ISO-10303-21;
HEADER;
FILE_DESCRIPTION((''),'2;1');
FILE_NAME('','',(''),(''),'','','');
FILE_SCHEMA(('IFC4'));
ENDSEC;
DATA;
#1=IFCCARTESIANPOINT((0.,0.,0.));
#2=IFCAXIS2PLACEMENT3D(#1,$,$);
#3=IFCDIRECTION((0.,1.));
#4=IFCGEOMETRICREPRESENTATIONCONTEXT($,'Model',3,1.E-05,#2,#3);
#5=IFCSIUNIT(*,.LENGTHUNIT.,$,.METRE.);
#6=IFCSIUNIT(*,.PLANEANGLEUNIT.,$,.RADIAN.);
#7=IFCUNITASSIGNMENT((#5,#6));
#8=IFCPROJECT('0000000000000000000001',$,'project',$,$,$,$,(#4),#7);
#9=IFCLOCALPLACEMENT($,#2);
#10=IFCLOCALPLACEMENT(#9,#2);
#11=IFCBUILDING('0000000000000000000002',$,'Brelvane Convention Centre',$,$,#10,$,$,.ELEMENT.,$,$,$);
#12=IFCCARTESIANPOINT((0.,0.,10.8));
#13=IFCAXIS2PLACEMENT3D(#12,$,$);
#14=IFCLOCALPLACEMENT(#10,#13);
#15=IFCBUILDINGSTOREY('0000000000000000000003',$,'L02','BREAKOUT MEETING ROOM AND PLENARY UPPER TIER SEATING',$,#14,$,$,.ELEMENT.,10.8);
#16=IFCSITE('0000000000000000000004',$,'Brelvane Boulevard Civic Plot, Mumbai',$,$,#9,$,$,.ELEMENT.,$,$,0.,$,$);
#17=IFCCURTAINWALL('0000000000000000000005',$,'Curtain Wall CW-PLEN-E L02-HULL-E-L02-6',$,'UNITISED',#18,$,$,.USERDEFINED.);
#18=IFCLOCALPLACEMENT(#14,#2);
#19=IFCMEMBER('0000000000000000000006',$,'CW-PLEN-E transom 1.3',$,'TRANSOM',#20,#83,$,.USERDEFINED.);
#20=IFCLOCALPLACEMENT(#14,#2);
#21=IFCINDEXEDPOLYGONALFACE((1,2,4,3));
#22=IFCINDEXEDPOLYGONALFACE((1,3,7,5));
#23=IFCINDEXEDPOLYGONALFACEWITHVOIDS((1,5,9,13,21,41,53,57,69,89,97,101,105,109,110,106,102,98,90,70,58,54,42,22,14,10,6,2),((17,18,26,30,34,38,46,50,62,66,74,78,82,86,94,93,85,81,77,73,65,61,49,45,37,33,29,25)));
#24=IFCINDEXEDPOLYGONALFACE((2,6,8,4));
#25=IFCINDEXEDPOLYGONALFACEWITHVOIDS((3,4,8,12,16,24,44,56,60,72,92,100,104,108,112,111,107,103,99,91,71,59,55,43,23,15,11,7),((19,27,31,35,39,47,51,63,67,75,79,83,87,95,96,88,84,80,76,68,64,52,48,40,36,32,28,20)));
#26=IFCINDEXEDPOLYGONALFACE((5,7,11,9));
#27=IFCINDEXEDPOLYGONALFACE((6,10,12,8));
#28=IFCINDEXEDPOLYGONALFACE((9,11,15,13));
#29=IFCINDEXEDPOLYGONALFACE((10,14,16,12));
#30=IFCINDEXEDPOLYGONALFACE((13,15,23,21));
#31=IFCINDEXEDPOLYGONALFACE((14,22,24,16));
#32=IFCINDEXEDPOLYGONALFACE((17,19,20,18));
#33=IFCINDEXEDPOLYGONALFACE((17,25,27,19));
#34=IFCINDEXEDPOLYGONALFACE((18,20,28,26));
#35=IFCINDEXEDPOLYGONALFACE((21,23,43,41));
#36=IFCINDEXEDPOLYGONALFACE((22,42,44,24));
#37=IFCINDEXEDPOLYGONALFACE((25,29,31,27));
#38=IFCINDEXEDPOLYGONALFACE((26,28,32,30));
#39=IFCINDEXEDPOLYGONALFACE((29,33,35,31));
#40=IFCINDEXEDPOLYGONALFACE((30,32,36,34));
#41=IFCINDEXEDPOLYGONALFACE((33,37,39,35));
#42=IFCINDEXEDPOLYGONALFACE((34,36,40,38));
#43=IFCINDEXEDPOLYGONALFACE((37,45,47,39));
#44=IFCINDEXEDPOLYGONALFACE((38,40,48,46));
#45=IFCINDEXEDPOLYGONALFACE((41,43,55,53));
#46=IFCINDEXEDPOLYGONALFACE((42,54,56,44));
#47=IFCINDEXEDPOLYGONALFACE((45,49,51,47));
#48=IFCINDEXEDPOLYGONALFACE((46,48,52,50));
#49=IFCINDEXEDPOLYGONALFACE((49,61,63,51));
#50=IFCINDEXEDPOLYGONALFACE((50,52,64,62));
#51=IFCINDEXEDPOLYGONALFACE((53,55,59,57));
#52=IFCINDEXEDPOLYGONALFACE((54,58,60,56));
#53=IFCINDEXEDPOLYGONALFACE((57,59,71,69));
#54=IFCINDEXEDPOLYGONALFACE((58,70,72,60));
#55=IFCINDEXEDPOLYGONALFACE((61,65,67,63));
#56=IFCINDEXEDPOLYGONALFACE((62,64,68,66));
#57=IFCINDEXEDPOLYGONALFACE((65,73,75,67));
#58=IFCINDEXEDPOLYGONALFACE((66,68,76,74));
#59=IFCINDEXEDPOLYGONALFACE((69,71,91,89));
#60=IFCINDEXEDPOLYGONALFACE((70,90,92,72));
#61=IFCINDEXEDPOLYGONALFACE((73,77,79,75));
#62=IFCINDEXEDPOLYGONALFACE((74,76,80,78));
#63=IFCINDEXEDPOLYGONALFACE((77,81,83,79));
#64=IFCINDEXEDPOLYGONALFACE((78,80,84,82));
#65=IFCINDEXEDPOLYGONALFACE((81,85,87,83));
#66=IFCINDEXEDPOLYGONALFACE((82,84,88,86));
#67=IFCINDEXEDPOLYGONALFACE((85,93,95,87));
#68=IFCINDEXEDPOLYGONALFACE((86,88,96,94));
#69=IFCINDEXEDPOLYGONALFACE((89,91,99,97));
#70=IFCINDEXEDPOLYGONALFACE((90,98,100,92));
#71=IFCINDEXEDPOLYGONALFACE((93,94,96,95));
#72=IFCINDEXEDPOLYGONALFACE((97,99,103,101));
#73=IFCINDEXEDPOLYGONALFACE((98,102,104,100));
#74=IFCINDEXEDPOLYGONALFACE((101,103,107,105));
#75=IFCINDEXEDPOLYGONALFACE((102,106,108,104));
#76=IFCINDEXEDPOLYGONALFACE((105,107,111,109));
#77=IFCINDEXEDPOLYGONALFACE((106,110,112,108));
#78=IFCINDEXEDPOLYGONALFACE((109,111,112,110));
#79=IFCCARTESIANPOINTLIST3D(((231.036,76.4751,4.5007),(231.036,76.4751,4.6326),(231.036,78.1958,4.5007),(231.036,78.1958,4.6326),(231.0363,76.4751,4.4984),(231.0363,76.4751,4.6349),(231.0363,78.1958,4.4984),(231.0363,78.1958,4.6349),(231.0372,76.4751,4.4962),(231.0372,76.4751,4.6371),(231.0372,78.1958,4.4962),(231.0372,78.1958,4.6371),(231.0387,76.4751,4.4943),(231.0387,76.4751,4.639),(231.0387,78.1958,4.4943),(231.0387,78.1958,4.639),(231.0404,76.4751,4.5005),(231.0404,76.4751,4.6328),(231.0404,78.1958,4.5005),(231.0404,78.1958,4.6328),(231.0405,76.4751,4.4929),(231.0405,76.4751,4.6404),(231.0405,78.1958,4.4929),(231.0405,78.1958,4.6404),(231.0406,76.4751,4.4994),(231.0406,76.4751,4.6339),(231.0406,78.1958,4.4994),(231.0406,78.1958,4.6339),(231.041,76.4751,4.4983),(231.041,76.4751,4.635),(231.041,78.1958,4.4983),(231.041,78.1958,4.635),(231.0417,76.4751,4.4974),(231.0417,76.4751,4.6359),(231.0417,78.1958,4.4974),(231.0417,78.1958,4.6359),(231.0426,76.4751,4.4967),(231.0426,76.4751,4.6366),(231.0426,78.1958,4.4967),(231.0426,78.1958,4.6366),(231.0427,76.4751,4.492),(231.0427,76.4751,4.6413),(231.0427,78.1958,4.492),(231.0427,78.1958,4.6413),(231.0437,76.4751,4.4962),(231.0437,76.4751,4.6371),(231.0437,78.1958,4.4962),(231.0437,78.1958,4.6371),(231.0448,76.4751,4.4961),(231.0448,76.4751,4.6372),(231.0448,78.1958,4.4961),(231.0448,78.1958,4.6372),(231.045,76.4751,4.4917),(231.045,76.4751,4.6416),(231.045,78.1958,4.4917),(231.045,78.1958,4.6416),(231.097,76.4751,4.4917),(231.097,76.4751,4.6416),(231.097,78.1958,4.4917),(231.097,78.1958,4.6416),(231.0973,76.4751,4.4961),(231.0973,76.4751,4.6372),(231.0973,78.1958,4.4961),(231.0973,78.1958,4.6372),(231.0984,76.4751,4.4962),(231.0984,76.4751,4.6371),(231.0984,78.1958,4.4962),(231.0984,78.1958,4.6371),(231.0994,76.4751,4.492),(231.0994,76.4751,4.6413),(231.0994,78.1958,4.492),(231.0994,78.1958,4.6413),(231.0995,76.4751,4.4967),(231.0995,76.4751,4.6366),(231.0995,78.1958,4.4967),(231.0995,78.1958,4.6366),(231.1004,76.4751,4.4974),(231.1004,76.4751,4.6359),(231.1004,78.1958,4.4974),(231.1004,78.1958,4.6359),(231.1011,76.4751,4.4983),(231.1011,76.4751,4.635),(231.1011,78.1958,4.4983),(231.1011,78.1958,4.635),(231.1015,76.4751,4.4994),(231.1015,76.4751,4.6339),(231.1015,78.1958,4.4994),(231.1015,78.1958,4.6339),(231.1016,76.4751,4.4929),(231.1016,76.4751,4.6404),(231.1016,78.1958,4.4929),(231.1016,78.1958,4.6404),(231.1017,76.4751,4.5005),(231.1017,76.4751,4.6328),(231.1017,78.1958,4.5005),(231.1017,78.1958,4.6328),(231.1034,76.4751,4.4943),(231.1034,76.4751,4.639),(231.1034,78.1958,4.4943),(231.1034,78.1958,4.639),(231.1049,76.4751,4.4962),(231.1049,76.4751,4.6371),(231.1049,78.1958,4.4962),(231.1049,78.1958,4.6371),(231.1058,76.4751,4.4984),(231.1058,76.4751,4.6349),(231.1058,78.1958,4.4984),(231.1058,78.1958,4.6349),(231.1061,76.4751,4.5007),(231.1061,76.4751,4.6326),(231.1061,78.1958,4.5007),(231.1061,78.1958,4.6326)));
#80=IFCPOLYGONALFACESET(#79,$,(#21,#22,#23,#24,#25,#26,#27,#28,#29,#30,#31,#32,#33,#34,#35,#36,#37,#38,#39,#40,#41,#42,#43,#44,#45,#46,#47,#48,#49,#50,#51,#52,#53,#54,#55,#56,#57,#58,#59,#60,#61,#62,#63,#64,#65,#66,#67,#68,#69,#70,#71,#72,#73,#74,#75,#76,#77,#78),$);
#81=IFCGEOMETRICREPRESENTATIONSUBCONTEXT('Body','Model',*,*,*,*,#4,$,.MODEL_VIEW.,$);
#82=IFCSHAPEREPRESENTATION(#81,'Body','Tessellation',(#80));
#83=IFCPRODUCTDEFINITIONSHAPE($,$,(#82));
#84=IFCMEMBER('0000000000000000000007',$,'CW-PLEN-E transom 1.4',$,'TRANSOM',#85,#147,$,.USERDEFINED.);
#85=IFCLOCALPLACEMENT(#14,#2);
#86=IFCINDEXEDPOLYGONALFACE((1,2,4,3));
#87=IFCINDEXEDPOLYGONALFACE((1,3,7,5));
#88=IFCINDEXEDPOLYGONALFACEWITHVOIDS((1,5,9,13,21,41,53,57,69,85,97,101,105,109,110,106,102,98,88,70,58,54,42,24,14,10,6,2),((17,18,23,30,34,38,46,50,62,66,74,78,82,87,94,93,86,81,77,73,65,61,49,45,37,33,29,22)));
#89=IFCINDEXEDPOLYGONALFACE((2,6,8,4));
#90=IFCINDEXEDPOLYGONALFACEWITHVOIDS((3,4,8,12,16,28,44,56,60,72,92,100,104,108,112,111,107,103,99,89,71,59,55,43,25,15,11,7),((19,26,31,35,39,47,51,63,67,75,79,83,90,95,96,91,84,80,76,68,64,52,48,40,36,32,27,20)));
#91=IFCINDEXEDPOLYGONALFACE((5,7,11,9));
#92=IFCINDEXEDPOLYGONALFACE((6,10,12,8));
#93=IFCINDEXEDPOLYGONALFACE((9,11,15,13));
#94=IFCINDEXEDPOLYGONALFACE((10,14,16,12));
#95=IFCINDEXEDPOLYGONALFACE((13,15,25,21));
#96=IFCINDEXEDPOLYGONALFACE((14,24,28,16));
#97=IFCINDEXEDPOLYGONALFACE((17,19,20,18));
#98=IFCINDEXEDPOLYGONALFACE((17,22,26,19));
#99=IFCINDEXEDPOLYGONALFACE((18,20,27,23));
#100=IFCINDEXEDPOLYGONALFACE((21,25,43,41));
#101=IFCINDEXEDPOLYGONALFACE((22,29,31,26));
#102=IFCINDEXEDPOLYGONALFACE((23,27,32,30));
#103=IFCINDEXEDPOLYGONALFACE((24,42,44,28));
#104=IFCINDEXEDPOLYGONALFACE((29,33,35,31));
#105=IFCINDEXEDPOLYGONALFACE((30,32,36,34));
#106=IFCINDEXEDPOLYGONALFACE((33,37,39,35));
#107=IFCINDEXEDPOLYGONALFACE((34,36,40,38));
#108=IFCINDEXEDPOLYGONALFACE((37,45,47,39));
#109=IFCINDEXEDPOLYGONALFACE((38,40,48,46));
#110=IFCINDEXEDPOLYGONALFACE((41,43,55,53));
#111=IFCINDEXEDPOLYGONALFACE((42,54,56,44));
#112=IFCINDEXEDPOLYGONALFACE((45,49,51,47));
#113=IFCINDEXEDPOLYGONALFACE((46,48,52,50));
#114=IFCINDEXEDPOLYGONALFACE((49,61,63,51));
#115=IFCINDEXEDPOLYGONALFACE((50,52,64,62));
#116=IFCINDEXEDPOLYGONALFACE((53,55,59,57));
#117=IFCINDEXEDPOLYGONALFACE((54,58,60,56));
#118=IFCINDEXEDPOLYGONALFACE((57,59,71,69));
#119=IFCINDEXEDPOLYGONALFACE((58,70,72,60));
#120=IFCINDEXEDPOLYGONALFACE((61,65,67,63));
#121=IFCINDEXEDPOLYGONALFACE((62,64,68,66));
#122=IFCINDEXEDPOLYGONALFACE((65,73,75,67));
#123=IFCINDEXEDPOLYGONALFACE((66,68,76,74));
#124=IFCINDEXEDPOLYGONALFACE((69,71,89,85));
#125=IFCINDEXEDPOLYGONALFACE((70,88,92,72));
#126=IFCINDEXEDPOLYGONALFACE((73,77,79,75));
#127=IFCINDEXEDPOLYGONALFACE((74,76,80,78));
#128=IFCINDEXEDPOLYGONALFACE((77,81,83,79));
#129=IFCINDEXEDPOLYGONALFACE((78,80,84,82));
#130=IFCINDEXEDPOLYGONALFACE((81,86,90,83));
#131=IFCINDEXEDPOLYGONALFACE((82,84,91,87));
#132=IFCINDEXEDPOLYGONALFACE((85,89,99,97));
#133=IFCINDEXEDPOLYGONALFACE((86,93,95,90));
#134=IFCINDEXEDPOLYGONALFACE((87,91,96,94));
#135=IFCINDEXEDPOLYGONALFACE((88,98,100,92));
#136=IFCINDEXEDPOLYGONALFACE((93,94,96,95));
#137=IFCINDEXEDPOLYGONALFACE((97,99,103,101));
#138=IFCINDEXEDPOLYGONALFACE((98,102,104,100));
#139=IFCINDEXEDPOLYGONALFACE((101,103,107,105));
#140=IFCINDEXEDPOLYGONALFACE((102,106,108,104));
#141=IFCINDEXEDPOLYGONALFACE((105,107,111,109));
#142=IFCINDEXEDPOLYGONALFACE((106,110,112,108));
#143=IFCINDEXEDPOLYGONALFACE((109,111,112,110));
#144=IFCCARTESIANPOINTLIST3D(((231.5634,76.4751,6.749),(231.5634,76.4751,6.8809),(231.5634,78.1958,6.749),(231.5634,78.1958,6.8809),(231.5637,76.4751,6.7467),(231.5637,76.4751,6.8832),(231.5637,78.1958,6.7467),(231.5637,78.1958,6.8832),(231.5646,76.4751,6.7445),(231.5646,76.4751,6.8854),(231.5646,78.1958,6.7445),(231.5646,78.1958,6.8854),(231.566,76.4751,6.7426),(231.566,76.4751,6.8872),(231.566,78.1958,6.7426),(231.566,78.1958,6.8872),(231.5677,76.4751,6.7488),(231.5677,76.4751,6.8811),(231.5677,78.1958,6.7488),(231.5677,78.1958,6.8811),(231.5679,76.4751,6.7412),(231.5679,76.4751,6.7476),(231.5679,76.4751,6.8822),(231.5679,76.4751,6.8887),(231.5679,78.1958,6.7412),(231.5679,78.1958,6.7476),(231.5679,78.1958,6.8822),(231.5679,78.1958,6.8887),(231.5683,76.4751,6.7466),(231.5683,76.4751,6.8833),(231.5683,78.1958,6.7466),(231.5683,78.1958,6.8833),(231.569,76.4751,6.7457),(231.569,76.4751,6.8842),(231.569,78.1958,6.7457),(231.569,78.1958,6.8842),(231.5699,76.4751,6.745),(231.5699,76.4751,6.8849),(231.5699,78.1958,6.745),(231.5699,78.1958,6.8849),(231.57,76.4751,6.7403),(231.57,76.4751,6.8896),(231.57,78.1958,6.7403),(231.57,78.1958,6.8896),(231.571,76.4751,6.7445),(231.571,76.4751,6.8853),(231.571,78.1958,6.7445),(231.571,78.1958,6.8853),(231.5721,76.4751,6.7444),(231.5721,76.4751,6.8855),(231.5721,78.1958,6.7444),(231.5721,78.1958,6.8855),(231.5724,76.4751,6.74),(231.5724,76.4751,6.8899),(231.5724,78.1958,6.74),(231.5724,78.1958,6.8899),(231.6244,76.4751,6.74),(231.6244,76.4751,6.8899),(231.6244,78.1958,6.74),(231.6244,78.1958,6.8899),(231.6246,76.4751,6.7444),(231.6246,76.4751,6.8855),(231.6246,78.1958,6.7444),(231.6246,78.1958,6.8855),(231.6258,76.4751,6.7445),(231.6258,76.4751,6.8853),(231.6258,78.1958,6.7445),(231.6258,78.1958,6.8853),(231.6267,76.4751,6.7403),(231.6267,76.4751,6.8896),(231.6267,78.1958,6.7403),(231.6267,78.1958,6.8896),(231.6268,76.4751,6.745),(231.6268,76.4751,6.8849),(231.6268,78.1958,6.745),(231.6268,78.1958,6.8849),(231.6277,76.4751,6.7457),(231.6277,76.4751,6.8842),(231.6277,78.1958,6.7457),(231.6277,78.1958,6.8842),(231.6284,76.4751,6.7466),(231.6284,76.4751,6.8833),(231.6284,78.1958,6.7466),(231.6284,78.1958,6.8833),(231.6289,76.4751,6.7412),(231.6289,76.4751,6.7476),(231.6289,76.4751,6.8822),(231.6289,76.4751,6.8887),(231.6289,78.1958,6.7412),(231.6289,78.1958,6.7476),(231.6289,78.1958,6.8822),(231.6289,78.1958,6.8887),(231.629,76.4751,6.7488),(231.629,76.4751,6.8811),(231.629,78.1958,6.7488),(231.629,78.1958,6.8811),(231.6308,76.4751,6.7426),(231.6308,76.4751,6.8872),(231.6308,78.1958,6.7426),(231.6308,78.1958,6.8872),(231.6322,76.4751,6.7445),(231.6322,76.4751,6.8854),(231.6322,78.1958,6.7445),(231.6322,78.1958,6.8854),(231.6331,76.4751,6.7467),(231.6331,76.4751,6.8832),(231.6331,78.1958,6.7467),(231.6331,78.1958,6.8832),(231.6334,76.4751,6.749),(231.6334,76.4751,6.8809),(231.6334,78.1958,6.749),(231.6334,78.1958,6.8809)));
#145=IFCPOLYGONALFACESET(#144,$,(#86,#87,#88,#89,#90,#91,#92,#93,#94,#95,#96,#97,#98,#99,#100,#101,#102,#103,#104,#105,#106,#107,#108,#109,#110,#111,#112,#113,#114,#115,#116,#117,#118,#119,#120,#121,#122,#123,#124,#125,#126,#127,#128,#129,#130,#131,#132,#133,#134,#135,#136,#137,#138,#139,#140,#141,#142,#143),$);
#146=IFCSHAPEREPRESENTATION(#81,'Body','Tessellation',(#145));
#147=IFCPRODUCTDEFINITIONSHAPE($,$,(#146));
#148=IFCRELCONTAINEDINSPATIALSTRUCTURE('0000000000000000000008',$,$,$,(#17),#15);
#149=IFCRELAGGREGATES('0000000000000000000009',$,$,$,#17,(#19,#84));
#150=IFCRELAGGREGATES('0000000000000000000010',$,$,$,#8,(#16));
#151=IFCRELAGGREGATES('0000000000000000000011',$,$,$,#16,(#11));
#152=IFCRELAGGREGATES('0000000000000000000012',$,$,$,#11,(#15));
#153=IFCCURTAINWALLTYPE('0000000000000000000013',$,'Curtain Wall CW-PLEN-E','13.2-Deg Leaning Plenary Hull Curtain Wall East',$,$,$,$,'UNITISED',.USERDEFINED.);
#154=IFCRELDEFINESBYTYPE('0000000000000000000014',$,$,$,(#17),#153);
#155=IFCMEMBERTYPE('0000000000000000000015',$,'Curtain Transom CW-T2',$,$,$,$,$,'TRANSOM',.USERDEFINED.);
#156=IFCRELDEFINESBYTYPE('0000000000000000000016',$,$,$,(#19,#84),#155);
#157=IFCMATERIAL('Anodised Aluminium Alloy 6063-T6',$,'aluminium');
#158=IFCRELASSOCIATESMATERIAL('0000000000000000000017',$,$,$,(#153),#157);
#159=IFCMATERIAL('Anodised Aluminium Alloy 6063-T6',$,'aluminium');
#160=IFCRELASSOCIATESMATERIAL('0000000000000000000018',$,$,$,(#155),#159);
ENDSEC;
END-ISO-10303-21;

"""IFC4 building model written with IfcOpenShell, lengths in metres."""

from ifc_helpers import new_model, si_unit, direction, frame, origin, origin_2d, place, context, subcontext, project, spatial, hollow_rectangle, extrude, material, material_profile, profile_set, type_object, element, aggregate, save


model = new_model("IFC4")

# Units and contexts
model_context = context("Model", 3, precision=1e-05, world=origin(), true_north=direction((0.0, 1.0)))
body_context = subcontext(model_context, "Body", "Model", "MODEL_VIEW")
ifc_project = project(units=[si_unit("LENGTHUNIT", "METRE"), si_unit("PLANEANGLEUNIT", "RADIAN")], contexts=[model_context])

# Site, building, storey
site_placement = place(None, origin())
site = spatial("IfcSite", under=ifc_project, at=site_placement, Name="Brelvane Boulevard Civic Plot, Mumbai", CompositionType="ELEMENT", RefElevation=0.0)
building_placement = place(site_placement, origin())
building = spatial("IfcBuilding", under=site, at=building_placement, Name="Brelvane Convention Centre", CompositionType="ELEMENT")
storey_placement = place(building_placement, frame((0.0, 0.0, 10.8)))
storey = spatial("IfcBuildingStorey", under=building, at=storey_placement, Name="L02", Description="BREAKOUT MEETING ROOM AND PLENARY UPPER TIER SEATING", CompositionType="ELEMENT", Elevation=10.8)

# Curtain wall, members
ifc_material_1 = material(Name="Anodised Aluminium Alloy 6063-T6", Category="aluminium")
curtain_wall_type = type_object("IfcCurtainWallType", Name="Curtain Wall CW-PLEN-E", Description="13.2-Deg Leaning Plenary Hull Curtain Wall East", ElementType="UNITISED", PredefinedType="USERDEFINED", material=ifc_material_1)
curtain_wall_placement = place(storey_placement, origin())
curtain_wall = element("IfcCurtainWall", 1, at=curtain_wall_placement, inside=storey, type_object=curtain_wall_type, Name="Curtain Wall CW-PLEN-E L02-HULL-E-L02-6", ObjectType="UNITISED", PredefinedType="USERDEFINED")
ifc_material_2 = material(Name="Anodised Aluminium Alloy 6063-T6", Category="aluminium")
ifc_material_profile = material_profile(ifc_material_2, hollow_rectangle(XDim=0.0701, YDim=0.1499, WallThickness=0.0044, InnerFilletRadius=0.0044, OuterFilletRadius=0.009, at=origin_2d()), Name="ALU-T 150x70x4.5")
ifc_profile_set = profile_set([ifc_material_profile], Name="Anodised Aluminium Alloy 6063-T6")
member_type = type_object("IfcMemberType", Name="Curtain Transom CW-T2", ElementType="TRANSOM", PredefinedType="USERDEFINED", material=ifc_profile_set)
member_1_placement = place(storey_placement, frame((231.071, 76.4751, 4.5667), z_axis=(0.0, 1.0, 0.0), x_axis=(-1.0, 0.0, 0.0)))
member_1 = element("IfcMember", 2, at=member_1_placement, type_object=member_type, Name="CW-PLEN-E transom 1.3", ObjectType="TRANSOM", PredefinedType="USERDEFINED", context=body_context, shape_type="SweptSolid", body=[
    extrude(hollow_rectangle(XDim=0.0701, YDim=0.1499, WallThickness=0.0044, InnerFilletRadius=0.0044, OuterFilletRadius=0.009, at=origin_2d()), origin(), (0.0, 0.0, 1.0), 1.7207),
])
member_2_placement = place(storey_placement, frame((231.5984, 76.4751, 6.8149), z_axis=(0.0, 1.0, 0.0), x_axis=(-1.0, 0.0, 0.0)))
member_2 = element("IfcMember", 3, at=member_2_placement, type_object=member_type, Name="CW-PLEN-E transom 1.4", ObjectType="TRANSOM", PredefinedType="USERDEFINED", context=body_context, shape_type="SweptSolid", body=[
    extrude(hollow_rectangle(XDim=0.0701, YDim=0.1499, WallThickness=0.0044, InnerFilletRadius=0.0044, OuterFilletRadius=0.009, at=origin_2d()), origin(), (0.0, 0.0, 1.0), 1.7207),
])
aggregate(curtain_wall, [member_1, member_2])

save(model, "model.ifc")
